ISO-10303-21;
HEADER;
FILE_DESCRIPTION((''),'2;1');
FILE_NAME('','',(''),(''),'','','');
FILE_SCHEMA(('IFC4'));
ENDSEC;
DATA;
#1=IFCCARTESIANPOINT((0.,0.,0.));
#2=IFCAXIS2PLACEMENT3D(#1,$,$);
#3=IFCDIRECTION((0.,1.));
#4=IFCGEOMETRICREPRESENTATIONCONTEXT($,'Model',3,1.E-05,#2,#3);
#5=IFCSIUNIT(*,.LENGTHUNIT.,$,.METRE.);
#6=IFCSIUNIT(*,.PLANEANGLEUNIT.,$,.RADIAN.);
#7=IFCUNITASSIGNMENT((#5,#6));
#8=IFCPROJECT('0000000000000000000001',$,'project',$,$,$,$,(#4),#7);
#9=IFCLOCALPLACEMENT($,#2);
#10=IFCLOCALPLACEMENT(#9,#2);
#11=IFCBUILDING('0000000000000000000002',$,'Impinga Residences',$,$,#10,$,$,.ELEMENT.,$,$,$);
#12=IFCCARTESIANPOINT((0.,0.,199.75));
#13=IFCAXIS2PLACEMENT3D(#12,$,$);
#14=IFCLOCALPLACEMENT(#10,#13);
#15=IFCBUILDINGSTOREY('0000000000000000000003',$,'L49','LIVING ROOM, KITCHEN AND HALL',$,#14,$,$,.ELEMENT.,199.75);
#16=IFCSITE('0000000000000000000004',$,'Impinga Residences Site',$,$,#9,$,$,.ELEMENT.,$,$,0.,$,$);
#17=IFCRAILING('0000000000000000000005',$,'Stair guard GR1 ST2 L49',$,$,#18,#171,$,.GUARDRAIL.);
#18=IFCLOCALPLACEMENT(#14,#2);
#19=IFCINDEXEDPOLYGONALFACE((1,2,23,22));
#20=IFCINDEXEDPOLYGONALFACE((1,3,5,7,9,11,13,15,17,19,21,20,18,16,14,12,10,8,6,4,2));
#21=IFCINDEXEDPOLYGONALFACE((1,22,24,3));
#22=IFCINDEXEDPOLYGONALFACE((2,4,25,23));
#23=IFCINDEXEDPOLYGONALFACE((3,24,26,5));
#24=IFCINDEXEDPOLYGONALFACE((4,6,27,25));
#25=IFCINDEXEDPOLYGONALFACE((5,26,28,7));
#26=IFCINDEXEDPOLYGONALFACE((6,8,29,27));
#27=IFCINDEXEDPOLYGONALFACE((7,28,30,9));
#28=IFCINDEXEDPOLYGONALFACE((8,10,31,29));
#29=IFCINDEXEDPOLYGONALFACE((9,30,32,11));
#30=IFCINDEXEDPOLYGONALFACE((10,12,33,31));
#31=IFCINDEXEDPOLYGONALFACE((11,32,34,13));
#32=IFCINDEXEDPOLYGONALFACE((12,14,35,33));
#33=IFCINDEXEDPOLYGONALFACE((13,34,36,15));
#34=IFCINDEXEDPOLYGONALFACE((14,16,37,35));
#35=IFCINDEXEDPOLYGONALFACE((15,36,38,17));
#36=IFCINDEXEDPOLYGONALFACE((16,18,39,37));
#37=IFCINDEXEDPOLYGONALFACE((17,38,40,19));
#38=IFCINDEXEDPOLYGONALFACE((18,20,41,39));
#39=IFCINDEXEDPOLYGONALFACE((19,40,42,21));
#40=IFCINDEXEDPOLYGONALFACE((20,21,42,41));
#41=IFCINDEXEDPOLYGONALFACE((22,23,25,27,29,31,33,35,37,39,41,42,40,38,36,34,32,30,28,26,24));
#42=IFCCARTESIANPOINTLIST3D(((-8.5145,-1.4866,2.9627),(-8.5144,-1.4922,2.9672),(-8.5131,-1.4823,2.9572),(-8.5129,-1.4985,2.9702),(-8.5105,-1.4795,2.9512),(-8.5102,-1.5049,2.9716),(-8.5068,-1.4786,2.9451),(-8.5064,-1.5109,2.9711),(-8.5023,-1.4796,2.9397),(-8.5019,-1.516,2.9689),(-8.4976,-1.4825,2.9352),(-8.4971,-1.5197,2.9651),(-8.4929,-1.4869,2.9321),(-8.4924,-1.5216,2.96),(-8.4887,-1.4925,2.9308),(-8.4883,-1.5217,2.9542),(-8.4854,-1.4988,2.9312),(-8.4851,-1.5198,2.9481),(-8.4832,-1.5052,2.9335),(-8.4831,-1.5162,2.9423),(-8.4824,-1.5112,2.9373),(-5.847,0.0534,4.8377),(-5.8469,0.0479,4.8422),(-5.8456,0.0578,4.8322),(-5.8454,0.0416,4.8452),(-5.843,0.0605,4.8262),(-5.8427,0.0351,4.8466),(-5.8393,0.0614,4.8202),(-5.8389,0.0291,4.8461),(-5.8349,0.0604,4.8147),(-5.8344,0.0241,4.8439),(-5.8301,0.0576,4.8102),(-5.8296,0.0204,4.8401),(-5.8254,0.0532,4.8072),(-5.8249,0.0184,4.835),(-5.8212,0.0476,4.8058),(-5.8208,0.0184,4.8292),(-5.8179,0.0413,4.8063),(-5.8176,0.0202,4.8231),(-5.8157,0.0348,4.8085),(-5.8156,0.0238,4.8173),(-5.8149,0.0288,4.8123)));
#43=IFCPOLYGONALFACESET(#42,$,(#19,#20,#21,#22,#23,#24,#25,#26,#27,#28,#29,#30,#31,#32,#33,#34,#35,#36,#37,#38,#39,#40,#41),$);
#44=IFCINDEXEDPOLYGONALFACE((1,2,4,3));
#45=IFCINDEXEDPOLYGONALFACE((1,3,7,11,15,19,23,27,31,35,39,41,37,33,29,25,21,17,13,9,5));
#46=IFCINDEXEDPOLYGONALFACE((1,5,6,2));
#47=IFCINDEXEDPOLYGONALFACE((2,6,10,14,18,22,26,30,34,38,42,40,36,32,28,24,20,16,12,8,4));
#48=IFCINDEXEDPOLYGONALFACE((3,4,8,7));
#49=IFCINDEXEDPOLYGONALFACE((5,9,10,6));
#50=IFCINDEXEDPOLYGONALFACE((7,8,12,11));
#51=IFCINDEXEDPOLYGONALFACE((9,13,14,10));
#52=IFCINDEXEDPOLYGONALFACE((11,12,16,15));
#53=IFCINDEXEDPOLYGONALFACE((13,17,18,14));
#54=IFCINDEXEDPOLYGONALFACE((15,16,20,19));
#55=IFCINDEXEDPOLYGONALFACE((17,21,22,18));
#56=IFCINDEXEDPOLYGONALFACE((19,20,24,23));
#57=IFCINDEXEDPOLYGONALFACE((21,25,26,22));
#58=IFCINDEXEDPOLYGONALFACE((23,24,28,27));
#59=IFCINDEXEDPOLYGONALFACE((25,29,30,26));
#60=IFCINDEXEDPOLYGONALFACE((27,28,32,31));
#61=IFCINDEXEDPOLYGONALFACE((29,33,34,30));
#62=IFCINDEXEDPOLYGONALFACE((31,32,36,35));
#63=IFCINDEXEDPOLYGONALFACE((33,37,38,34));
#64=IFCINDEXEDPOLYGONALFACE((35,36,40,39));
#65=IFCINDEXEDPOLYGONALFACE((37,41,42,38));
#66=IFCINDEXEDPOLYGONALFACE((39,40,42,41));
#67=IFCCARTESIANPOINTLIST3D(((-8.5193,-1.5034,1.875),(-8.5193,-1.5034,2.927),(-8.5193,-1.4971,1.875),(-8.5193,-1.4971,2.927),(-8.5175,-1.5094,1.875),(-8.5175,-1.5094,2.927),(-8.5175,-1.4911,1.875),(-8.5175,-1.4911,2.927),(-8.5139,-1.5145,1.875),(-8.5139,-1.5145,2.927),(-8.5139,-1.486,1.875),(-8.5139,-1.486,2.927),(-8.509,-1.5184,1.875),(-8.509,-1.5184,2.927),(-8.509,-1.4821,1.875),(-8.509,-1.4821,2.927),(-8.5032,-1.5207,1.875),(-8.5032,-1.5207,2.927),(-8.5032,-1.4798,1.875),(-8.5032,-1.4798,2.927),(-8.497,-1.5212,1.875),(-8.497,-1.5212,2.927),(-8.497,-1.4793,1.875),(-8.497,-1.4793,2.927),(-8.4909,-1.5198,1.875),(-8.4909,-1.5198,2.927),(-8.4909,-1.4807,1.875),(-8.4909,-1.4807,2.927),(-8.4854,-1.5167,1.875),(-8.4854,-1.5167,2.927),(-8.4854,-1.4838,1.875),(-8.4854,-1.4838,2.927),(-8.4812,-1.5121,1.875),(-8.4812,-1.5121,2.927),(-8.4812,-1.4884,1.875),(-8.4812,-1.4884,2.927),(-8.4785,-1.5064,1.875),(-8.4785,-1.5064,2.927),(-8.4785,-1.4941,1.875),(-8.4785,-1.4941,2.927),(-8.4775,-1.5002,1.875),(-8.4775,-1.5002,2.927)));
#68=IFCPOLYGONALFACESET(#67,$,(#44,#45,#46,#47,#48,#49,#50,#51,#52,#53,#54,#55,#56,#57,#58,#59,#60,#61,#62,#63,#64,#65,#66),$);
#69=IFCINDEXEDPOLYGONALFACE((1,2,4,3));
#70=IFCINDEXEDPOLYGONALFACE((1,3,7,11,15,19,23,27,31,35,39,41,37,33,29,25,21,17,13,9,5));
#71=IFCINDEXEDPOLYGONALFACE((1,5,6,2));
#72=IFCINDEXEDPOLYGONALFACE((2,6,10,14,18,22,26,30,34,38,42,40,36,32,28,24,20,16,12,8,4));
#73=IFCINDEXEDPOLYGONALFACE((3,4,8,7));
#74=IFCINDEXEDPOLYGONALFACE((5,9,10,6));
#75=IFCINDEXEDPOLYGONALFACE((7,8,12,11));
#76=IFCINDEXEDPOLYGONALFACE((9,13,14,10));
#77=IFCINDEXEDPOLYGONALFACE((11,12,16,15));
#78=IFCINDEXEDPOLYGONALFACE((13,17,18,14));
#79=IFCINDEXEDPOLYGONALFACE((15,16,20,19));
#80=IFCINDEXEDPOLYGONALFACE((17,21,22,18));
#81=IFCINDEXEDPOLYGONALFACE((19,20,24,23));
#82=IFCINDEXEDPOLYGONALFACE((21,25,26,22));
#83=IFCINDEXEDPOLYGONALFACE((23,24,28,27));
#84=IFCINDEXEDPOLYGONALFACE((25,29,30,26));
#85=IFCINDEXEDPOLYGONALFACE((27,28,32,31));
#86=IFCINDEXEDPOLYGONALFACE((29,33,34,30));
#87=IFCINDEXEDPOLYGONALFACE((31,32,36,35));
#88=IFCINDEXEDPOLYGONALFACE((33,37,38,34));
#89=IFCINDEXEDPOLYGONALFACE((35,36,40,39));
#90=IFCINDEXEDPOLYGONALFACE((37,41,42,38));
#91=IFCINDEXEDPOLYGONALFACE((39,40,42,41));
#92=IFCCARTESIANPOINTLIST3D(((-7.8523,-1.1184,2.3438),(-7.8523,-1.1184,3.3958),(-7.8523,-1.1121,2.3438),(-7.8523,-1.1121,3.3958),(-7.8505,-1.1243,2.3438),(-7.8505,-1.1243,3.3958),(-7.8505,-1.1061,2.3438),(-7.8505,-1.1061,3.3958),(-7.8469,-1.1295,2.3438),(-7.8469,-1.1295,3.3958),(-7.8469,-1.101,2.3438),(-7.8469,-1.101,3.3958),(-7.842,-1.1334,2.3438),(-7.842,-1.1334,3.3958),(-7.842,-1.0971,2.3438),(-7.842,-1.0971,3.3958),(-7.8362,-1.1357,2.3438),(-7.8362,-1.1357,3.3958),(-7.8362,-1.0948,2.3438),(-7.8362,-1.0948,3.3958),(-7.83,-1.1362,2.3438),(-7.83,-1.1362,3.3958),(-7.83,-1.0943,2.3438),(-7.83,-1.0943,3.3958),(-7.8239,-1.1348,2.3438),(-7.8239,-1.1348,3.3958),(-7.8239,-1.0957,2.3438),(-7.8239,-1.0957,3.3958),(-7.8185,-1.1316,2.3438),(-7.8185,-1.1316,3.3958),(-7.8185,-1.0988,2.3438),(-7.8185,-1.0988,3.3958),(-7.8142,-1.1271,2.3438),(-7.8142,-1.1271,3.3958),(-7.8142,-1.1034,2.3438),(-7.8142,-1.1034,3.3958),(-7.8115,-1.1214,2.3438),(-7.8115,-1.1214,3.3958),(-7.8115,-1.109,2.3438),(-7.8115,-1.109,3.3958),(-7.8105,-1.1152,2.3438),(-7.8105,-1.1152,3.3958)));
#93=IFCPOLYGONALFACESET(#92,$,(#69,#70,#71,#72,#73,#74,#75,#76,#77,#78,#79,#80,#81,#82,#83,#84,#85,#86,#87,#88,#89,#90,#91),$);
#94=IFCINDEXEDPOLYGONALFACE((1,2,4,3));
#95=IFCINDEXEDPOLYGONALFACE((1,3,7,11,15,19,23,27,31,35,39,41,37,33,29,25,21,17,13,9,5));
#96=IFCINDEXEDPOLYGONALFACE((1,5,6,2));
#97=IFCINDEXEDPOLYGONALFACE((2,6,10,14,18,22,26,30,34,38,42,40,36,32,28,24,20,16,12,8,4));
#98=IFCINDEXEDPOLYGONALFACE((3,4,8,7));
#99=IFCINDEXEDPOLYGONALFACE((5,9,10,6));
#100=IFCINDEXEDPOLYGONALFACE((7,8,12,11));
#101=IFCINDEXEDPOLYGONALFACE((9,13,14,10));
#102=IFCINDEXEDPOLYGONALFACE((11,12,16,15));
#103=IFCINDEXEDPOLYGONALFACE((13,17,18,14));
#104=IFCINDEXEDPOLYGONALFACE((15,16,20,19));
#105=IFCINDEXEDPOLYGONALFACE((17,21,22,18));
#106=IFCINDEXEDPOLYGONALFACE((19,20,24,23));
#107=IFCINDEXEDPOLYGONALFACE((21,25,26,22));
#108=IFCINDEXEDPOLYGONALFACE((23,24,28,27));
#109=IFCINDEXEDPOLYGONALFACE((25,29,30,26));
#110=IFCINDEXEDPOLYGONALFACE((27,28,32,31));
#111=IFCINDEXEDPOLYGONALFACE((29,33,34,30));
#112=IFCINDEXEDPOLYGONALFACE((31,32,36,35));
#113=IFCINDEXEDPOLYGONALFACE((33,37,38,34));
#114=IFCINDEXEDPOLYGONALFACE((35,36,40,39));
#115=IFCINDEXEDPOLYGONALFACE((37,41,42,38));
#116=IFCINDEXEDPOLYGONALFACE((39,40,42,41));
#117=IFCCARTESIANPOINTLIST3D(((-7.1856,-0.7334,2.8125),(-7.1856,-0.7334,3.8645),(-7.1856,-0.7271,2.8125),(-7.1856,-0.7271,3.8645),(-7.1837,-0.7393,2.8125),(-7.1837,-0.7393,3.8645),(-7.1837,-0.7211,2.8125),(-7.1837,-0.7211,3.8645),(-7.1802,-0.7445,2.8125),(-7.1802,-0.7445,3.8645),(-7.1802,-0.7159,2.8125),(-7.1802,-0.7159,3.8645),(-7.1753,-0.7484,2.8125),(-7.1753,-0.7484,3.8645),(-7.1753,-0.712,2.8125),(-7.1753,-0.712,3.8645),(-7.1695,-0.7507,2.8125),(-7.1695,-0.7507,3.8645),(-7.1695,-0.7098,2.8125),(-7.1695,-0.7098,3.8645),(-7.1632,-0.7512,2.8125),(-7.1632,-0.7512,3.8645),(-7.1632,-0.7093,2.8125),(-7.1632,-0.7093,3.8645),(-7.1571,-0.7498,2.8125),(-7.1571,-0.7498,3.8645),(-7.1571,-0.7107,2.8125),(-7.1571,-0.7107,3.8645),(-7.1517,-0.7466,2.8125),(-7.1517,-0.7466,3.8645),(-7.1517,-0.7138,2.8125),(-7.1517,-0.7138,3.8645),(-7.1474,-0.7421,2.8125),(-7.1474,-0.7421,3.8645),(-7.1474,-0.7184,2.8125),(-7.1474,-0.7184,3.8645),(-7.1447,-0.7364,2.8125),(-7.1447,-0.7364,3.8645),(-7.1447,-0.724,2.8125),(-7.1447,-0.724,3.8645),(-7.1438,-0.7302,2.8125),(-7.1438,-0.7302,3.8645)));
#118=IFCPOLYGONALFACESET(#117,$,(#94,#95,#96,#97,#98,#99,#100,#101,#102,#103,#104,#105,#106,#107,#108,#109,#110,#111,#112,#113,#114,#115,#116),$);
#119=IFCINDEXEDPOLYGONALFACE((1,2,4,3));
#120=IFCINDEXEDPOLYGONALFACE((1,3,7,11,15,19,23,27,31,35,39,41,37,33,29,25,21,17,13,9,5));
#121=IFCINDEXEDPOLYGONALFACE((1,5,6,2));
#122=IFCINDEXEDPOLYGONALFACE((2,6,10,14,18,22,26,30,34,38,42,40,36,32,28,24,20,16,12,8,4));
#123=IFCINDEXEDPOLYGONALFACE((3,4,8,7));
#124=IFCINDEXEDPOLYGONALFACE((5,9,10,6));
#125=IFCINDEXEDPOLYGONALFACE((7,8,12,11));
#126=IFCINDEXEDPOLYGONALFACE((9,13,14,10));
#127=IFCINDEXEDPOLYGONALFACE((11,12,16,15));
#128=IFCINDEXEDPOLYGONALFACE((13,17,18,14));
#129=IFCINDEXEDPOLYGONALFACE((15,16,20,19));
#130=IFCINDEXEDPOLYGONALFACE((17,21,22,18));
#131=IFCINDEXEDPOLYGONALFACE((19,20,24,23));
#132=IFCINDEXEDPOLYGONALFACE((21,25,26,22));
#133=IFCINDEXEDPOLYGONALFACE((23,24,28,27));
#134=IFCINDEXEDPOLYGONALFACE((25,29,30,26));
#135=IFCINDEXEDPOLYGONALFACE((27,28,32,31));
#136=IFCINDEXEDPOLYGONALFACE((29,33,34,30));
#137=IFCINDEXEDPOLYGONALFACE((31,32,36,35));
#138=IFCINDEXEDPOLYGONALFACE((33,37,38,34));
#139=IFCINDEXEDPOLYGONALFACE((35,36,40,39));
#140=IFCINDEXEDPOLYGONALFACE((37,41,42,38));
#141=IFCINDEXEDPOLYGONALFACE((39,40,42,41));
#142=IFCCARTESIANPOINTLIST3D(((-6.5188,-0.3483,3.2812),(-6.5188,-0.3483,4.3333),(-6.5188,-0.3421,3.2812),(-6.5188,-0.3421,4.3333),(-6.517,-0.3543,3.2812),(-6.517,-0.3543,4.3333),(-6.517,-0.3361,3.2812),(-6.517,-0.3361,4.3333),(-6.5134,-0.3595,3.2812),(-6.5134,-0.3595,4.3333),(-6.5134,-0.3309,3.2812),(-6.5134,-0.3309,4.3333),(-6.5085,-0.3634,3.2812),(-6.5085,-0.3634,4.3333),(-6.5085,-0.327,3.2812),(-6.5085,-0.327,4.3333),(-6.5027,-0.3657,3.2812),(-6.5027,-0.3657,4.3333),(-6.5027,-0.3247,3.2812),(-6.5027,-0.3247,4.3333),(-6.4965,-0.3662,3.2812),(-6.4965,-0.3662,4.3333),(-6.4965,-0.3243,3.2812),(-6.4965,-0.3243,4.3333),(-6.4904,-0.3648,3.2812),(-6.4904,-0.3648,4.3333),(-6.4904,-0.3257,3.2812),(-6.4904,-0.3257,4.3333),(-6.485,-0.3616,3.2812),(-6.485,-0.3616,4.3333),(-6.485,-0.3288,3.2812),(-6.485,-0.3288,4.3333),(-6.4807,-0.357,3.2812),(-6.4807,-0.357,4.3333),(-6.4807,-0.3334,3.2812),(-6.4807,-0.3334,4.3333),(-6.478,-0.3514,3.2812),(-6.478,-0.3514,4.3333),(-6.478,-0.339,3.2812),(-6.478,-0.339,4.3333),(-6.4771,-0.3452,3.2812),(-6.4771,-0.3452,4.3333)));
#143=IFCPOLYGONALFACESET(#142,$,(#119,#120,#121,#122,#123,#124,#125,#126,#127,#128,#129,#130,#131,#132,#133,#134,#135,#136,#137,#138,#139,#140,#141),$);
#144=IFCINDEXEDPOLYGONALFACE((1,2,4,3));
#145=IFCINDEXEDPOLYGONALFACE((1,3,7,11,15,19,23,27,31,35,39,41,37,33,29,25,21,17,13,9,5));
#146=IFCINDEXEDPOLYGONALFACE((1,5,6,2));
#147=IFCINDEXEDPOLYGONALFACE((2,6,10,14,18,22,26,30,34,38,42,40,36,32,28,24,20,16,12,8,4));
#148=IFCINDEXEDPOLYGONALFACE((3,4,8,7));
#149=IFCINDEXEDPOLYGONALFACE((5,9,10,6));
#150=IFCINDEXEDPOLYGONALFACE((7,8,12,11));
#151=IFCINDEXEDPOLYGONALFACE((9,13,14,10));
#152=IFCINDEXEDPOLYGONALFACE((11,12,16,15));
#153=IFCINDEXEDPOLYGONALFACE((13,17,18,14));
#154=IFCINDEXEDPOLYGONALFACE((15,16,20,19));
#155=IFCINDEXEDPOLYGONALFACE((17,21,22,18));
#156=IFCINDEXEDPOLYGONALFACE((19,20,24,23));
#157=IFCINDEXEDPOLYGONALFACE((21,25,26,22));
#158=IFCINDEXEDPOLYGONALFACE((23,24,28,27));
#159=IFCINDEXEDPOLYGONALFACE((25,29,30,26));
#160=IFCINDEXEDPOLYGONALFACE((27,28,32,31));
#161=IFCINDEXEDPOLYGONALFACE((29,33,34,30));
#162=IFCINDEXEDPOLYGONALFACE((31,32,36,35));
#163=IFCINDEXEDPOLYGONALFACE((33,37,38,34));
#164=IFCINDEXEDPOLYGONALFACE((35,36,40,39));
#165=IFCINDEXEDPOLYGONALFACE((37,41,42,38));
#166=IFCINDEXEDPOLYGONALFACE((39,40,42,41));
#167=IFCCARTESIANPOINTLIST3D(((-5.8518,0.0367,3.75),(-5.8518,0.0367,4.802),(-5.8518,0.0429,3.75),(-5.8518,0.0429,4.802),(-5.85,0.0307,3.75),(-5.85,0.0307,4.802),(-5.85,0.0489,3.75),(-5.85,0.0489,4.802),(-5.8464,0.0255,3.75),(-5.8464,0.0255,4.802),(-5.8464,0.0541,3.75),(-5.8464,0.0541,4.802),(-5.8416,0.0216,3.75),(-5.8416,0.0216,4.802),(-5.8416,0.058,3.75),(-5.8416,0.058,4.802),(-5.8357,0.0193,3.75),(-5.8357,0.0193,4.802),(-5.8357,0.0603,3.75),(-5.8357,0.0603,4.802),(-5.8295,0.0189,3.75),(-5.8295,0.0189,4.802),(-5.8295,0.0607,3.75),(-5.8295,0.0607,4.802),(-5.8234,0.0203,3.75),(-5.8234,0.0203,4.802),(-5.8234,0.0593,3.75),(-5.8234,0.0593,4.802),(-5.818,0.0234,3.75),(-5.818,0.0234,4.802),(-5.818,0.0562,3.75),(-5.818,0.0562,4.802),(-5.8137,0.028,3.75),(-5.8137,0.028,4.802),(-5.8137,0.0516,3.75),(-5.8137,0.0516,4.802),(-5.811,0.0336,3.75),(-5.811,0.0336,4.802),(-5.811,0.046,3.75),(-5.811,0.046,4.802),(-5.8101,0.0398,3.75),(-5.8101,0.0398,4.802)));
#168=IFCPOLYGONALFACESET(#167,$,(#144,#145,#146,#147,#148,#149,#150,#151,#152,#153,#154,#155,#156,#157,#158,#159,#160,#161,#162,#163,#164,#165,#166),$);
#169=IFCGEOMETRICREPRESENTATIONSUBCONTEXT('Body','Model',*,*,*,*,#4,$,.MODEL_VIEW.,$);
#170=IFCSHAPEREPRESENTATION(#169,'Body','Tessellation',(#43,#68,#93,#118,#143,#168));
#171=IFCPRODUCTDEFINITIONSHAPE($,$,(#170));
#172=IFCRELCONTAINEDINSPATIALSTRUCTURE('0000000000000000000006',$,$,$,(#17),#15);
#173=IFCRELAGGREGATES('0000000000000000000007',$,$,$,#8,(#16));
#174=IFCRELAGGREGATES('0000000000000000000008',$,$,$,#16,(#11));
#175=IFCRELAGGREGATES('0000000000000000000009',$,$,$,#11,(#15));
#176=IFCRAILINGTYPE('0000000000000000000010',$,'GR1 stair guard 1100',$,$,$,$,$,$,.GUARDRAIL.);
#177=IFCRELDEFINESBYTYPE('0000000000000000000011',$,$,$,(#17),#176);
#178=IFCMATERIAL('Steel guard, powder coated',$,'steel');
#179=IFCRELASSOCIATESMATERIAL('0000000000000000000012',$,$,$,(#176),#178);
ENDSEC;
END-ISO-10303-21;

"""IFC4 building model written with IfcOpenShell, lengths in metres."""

from ifc_helpers import new_model, si_unit, direction, frame, origin, origin_2d, place, context, subcontext, project, spatial, circle, extrude, material, type_object, element, save


model = new_model("IFC4")

# Units and contexts
model_context = context("Model", 3, precision=1e-05, world=origin(), true_north=direction((0.0, 1.0)))
body_context = subcontext(model_context, "Body", "Model", "MODEL_VIEW")
ifc_project = project(units=[si_unit("LENGTHUNIT", "METRE"), si_unit("PLANEANGLEUNIT", "RADIAN")], contexts=[model_context])

# Site, building, storey
site_placement = place(None, origin())
site = spatial("IfcSite", under=ifc_project, at=site_placement, Name="Impinga Residences Site", CompositionType="ELEMENT", RefElevation=0.0)
building_placement = place(site_placement, origin())
building = spatial("IfcBuilding", under=site, at=building_placement, Name="Impinga Residences", CompositionType="ELEMENT")
storey_placement = place(building_placement, frame((0.0, 0.0, 199.75)))
storey = spatial("IfcBuildingStorey", under=building, at=storey_placement, Name="L49", Description="LIVING ROOM, KITCHEN AND HALL", CompositionType="ELEMENT", Elevation=199.75)

# Railing
ifc_material_1 = material(Name="Steel guard, powder coated", Category="steel")
railing_type_1 = type_object("IfcRailingType", Name="GR1 stair guard 1100", PredefinedType="GUARDRAIL", material=ifc_material_1)
railing_1_placement = place(storey_placement, frame((-8.4985, -1.5002, 1.875)))
element("IfcRailing", 1, at=railing_1_placement, inside=storey, type_object=railing_type_1, Name="Stair guard GR1 ST2 L49", PredefinedType="GUARDRAIL", context=body_context, shape_type="SweptSolid", body=[
    extrude(circle(Radius=0.0239, at=origin_2d()), frame((0.0, 0.0, 1.0762), z_axis=(0.739746, 0.427084, 0.519975), x_axis=(-0.499992, 0.86603, 0.0)), (0.0, 0.0, 1.0), 3.606),
    extrude(circle(Radius=0.021, at=origin_2d()), origin(), (0.0, 0.0, 1.0), 1.052),
    extrude(circle(Radius=0.021, at=origin_2d()), frame((0.667, 0.385, 0.4688)), (0.0, 0.0, 1.0), 1.052),
    extrude(circle(Radius=0.021, at=origin_2d()), frame((1.3337, 0.77, 0.9375)), (0.0, 0.0, 1.0), 1.052),
    extrude(circle(Radius=0.021, at=origin_2d()), frame((2.0005, 1.155, 1.4062)), (0.0, 0.0, 1.0), 1.052),
    extrude(circle(Radius=0.021, at=origin_2d()), frame((2.6675, 1.54, 1.875)), (0.0, 0.0, 1.0), 1.052),
])

save(model, "model.ifc")
